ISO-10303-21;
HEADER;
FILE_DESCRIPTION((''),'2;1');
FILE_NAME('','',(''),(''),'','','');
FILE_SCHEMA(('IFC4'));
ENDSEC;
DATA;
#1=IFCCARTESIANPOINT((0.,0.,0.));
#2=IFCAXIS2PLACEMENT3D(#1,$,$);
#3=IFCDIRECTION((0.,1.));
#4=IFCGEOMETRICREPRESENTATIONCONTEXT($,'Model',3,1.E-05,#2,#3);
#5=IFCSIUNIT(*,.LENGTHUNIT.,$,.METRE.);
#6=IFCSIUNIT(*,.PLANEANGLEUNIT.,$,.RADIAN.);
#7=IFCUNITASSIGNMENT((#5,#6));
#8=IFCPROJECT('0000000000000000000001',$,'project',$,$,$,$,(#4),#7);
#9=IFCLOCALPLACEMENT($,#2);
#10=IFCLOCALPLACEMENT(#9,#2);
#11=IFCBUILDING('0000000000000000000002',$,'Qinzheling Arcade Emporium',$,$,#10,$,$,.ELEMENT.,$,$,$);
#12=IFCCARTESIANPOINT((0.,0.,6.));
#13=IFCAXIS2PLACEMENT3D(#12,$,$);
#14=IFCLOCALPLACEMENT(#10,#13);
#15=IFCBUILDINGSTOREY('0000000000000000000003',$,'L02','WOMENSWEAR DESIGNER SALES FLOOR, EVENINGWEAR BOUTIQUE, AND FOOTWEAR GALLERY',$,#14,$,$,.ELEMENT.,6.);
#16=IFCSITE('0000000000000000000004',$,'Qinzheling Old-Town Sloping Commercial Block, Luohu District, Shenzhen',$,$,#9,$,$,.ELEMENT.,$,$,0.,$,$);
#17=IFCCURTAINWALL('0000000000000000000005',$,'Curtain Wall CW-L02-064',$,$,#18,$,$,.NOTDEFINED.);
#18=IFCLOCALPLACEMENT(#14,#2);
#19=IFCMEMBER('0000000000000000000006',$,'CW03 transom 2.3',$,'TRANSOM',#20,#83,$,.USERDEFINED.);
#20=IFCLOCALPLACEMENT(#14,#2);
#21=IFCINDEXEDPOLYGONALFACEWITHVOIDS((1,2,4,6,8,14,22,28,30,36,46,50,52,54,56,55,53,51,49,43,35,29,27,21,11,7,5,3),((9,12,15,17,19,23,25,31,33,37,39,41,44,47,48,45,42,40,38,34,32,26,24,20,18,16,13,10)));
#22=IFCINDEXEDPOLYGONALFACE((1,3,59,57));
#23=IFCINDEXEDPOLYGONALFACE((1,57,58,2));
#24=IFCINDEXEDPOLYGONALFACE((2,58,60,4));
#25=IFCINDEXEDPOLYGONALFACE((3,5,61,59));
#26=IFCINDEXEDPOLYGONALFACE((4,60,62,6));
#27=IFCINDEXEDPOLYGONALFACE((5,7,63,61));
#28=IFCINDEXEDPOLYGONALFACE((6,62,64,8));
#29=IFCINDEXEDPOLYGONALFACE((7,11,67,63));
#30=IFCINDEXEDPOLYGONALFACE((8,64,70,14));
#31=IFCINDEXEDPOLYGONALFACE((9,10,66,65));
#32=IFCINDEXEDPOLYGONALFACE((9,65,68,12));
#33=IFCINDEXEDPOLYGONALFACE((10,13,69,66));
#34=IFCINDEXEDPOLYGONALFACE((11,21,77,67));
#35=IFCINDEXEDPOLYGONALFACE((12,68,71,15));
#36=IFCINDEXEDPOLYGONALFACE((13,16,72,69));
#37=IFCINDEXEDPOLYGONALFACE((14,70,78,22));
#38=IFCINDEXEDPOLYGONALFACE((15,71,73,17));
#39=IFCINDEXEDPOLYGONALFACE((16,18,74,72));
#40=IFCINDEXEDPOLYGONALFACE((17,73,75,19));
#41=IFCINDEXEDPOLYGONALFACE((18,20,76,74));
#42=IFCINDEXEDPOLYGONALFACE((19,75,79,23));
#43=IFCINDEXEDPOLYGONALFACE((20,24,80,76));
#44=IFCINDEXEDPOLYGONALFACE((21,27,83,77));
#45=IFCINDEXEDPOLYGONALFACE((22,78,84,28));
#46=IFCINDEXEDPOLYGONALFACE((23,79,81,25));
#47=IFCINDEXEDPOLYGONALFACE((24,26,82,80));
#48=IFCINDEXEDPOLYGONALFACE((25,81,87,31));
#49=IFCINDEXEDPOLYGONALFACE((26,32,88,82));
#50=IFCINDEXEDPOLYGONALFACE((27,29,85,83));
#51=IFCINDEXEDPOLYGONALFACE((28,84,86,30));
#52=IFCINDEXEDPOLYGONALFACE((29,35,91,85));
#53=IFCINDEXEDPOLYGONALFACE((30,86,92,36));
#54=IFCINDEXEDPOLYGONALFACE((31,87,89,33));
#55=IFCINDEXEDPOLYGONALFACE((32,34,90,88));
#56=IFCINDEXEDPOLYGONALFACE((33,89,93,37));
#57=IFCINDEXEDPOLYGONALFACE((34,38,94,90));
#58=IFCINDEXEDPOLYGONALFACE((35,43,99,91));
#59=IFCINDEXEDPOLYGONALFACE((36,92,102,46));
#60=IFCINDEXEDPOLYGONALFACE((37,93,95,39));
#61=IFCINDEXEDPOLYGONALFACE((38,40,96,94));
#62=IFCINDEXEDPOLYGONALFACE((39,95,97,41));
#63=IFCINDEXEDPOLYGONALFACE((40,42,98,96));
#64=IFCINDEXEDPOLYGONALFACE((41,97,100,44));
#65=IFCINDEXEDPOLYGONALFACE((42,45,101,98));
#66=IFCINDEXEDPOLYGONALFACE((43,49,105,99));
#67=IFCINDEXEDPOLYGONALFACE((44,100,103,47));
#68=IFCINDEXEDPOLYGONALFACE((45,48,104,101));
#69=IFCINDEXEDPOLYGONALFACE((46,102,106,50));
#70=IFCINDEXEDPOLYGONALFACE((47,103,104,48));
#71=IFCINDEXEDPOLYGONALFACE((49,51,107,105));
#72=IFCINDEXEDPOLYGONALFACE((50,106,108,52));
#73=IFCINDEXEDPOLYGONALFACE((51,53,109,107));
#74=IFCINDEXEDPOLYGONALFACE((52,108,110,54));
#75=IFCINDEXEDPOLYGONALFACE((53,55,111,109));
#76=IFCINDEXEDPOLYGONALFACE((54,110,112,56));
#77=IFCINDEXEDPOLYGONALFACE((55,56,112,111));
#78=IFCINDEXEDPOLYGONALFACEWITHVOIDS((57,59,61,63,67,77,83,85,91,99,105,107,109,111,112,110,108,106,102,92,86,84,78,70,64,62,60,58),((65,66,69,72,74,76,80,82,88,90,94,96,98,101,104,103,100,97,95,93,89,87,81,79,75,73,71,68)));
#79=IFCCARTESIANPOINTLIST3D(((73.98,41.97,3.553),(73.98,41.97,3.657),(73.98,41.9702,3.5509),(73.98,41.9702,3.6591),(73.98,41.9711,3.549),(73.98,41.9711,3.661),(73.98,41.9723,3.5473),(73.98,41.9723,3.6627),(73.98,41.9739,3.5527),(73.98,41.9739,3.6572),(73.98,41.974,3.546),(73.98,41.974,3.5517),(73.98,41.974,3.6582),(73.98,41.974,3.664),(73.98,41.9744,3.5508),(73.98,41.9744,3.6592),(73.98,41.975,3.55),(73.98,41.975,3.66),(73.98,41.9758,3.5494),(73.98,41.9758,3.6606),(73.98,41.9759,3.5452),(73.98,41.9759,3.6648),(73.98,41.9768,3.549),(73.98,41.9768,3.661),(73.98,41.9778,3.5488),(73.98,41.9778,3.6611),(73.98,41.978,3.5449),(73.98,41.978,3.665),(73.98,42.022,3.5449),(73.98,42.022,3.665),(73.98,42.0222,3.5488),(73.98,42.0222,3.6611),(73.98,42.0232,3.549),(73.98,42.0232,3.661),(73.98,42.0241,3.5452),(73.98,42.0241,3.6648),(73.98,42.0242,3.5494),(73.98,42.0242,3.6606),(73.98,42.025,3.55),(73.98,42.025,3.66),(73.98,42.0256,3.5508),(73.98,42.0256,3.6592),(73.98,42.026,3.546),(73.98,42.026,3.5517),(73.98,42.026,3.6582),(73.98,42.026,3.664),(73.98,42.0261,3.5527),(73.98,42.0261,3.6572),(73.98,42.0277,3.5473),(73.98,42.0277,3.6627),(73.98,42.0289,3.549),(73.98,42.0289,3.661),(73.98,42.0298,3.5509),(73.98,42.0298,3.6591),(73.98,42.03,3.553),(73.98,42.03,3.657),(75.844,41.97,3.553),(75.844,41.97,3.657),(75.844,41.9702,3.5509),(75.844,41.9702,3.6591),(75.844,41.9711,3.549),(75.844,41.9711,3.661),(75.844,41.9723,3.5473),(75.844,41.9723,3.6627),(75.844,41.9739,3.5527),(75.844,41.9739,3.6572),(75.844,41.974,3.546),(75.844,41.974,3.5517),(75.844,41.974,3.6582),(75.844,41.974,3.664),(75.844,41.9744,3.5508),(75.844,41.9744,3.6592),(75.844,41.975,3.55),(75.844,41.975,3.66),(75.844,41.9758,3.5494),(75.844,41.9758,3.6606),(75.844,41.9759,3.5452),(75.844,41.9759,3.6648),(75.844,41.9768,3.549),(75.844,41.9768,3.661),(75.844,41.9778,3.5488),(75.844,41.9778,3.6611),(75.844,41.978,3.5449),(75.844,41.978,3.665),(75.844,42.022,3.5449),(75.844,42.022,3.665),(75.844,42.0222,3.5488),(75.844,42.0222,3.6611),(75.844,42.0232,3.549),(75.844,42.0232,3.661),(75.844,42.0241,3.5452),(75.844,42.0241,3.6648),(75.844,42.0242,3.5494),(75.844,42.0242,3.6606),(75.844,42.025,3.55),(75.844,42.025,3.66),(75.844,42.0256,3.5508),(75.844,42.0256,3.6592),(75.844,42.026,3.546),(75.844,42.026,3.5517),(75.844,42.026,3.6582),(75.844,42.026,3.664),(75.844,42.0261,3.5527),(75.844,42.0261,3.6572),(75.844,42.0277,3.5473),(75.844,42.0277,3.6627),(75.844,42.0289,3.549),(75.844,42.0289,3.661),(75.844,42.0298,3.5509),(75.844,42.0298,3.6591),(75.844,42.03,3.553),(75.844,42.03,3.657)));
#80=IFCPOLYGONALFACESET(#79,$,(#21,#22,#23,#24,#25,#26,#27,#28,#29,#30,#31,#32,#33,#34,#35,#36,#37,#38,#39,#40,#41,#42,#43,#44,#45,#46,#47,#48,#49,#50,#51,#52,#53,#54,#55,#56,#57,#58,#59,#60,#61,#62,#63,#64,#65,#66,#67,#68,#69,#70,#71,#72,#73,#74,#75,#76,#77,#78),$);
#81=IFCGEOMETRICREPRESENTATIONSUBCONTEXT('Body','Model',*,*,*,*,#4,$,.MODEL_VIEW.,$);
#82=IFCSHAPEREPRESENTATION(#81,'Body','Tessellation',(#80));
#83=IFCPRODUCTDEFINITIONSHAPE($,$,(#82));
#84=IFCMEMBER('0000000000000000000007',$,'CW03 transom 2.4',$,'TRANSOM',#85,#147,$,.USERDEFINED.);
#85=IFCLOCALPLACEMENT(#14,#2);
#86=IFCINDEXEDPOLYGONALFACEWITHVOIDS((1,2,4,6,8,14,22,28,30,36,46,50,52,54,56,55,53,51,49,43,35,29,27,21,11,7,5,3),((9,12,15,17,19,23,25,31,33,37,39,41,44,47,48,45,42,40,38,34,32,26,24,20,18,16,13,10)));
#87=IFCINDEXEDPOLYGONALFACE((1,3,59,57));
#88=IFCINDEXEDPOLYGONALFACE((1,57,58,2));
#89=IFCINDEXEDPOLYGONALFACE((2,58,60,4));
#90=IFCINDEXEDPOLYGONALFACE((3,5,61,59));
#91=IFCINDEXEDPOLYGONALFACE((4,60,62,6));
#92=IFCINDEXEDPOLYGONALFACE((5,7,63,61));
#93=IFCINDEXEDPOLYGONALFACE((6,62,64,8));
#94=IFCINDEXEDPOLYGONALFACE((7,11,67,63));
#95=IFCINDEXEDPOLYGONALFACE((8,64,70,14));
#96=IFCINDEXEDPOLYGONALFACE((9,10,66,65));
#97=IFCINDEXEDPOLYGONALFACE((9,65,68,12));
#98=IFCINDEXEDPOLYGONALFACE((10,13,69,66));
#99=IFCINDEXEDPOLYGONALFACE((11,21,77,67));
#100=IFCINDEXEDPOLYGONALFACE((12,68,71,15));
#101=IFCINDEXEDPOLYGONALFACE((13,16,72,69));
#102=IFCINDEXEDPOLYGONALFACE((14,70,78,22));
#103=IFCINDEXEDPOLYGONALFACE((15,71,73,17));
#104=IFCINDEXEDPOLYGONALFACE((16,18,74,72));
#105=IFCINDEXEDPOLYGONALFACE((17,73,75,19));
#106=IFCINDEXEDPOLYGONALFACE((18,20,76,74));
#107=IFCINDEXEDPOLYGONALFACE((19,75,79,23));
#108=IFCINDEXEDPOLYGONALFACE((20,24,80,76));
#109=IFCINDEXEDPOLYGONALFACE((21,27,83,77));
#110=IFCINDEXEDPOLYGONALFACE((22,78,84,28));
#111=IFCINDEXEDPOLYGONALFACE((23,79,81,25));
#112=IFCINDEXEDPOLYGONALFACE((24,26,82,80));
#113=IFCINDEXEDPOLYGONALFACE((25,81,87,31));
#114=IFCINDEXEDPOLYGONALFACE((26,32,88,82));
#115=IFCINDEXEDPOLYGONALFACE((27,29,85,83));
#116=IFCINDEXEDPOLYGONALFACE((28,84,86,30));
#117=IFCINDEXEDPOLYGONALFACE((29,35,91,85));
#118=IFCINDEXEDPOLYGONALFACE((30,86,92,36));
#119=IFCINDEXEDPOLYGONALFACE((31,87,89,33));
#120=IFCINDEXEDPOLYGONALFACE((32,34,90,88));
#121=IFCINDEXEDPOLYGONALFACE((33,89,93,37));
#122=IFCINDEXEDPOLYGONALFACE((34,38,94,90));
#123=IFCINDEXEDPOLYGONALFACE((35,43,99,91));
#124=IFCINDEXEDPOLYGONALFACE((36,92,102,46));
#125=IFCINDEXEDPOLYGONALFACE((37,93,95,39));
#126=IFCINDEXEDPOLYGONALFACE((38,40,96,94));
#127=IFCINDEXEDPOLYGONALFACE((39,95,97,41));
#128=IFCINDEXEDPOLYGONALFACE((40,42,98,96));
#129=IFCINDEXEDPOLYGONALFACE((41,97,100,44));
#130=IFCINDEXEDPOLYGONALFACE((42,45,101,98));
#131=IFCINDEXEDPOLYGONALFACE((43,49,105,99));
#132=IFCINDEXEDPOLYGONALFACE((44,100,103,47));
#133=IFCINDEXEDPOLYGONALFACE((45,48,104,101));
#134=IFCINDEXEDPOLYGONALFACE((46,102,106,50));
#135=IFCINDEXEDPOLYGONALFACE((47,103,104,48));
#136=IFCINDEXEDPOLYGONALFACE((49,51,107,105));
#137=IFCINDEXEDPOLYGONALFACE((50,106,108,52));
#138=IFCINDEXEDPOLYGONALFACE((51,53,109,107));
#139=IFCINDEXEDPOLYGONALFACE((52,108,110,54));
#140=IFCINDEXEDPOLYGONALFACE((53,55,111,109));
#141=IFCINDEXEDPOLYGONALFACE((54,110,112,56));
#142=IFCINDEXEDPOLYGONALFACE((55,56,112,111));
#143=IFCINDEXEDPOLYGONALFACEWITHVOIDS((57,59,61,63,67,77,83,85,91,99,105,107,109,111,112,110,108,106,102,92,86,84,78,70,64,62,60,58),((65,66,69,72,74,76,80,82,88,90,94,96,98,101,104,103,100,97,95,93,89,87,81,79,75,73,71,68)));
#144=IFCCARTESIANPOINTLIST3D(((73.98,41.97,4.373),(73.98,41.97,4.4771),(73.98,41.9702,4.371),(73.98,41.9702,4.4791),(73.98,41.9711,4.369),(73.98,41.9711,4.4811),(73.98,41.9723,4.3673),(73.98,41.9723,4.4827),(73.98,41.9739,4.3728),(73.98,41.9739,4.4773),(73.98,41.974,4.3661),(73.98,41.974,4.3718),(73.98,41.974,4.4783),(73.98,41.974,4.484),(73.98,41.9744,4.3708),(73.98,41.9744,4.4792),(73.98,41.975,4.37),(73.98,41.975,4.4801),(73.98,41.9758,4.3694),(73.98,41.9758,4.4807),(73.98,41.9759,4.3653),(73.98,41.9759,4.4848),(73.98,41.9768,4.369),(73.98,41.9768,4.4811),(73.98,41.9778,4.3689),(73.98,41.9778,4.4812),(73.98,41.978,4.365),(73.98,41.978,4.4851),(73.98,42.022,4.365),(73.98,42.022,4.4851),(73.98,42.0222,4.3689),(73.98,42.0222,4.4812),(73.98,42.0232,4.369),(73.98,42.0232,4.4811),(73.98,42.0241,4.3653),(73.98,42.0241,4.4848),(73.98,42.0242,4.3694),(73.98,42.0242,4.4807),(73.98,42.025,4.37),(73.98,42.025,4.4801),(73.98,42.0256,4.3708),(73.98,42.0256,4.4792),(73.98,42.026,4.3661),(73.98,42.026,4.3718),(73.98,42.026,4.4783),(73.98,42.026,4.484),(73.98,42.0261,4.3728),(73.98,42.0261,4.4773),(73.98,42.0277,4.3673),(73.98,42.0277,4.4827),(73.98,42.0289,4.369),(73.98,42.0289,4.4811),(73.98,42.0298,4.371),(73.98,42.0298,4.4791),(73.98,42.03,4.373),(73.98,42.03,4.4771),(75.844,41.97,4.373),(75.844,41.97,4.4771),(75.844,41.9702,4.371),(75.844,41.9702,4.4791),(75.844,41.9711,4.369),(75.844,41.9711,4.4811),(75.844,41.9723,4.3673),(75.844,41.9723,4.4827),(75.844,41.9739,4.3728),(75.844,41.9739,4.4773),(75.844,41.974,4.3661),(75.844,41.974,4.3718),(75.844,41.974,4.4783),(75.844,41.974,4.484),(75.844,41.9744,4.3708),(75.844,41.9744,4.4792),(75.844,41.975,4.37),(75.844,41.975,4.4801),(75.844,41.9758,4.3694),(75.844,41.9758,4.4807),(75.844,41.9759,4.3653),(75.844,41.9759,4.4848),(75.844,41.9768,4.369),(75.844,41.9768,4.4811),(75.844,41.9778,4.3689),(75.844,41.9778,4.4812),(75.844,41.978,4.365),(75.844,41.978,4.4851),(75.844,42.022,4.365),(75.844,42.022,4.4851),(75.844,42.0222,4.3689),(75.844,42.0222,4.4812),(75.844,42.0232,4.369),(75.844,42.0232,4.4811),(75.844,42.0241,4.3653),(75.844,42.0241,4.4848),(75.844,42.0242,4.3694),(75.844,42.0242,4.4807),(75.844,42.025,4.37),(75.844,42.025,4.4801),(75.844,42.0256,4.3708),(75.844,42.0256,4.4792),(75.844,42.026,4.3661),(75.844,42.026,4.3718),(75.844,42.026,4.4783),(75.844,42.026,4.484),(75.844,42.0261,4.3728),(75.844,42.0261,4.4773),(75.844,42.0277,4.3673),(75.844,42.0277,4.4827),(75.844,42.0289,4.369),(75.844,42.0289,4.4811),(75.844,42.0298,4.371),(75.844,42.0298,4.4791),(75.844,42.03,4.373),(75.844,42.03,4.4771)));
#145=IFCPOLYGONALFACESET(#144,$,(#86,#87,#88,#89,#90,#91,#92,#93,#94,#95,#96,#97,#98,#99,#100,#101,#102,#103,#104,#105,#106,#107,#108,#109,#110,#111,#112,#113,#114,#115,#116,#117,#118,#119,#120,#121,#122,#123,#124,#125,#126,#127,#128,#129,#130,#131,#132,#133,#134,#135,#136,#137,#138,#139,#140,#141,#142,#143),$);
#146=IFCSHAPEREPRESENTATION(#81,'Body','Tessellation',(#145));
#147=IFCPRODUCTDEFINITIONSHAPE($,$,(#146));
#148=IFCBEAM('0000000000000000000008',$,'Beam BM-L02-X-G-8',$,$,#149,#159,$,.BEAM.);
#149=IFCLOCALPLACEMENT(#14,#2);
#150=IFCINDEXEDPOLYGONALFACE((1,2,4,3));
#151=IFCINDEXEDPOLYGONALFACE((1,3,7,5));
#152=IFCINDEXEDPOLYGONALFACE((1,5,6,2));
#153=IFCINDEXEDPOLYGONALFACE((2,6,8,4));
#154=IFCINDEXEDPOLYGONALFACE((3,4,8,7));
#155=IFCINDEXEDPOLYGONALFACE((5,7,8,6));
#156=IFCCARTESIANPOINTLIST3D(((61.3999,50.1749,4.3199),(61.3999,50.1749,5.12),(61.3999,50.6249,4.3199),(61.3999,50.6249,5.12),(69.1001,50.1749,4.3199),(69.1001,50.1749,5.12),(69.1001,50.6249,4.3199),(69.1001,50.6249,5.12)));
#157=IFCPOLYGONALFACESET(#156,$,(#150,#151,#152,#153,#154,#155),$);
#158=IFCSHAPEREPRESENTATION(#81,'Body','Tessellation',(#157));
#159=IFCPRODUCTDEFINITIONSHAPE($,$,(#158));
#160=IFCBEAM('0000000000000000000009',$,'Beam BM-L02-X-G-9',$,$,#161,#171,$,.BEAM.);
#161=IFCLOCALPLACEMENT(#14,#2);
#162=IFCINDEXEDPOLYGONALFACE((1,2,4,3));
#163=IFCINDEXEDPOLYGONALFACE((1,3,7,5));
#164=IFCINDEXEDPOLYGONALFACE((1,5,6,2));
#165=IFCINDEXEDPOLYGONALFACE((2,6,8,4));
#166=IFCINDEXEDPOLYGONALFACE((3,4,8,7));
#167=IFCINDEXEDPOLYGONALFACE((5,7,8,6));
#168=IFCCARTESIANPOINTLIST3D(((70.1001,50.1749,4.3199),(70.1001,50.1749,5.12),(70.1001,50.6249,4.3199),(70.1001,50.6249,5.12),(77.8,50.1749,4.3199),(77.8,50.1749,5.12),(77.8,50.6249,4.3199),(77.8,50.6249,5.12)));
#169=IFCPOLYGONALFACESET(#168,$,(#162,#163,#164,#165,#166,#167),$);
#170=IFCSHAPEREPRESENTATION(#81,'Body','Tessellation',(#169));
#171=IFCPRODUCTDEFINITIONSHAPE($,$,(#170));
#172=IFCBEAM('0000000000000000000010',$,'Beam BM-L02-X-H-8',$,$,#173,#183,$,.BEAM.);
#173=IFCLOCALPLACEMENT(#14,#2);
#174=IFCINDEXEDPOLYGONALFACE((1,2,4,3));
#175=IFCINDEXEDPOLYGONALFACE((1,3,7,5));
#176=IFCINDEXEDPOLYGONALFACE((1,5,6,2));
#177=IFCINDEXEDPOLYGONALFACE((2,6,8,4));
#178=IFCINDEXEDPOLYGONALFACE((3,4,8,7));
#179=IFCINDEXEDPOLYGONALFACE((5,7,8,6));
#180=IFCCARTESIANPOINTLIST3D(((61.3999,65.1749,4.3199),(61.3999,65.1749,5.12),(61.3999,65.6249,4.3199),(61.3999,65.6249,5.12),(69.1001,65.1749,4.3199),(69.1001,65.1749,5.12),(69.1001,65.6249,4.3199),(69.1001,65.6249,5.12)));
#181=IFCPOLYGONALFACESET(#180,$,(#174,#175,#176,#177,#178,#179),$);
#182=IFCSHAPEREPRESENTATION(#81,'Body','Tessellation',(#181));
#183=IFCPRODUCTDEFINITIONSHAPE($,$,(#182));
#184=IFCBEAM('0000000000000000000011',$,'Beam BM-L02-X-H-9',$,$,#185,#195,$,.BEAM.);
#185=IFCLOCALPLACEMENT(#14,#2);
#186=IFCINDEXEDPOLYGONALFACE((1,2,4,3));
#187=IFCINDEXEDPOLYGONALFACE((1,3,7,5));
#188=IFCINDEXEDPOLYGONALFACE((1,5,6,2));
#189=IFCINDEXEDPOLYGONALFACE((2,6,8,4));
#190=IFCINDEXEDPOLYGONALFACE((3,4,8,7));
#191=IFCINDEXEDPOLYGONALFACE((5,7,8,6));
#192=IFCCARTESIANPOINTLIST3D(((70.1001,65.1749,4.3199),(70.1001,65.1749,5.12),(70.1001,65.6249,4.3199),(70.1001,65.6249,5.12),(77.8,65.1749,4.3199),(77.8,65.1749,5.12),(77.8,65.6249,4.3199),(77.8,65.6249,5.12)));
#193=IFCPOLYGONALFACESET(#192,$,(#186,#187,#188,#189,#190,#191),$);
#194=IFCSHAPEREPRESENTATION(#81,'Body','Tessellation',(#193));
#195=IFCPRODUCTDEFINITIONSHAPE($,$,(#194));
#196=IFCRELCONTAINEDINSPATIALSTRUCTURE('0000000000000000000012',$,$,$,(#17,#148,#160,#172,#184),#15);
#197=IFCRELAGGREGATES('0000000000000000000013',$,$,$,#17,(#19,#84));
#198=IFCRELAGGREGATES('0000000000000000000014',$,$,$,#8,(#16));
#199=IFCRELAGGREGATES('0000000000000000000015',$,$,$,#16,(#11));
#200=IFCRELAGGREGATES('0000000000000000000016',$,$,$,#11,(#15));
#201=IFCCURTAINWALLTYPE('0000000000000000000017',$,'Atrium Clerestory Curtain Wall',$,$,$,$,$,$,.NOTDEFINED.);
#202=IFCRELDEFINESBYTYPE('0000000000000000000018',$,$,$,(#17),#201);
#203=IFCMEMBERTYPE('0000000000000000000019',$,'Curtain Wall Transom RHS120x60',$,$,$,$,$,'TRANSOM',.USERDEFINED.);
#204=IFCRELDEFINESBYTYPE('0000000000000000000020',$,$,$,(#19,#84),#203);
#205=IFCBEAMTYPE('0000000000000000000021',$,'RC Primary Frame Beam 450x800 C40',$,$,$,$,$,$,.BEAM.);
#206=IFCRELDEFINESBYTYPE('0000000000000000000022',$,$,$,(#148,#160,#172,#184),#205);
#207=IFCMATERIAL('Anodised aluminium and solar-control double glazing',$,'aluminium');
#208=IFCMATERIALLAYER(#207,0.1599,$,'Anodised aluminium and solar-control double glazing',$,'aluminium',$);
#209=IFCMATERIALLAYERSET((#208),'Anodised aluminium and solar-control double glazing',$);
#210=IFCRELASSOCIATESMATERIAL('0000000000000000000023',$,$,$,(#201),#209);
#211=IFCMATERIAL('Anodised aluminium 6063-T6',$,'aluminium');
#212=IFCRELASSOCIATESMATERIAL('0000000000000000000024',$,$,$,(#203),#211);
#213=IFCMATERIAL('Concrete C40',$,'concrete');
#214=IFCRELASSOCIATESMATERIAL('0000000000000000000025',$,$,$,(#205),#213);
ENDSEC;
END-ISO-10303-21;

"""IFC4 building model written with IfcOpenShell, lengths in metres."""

from ifc_helpers import new_model, si_unit, direction, frame, origin, origin_2d, place, context, subcontext, project, spatial, rectangle, hollow_rectangle, extrude, material, layer, layer_set, material_profile, profile_set, type_object, element, aggregate, save


model = new_model("IFC4")

# Units and contexts
model_context = context("Model", 3, precision=1e-05, world=origin(), true_north=direction((0.0, 1.0)))
body_context = subcontext(model_context, "Body", "Model", "MODEL_VIEW")
ifc_project = project(units=[si_unit("LENGTHUNIT", "METRE"), si_unit("PLANEANGLEUNIT", "RADIAN")], contexts=[model_context])

# Site, building, storey
site_placement = place(None, origin())
site = spatial("IfcSite", under=ifc_project, at=site_placement, Name="Qinzheling Old-Town Sloping Commercial Block, Luohu District, Shenzhen", CompositionType="ELEMENT", RefElevation=0.0)
building_placement = place(site_placement, origin())
building = spatial("IfcBuilding", under=site, at=building_placement, Name="Qinzheling Arcade Emporium", CompositionType="ELEMENT")
storey_placement = place(building_placement, frame((0.0, 0.0, 6.0)))
storey = spatial("IfcBuildingStorey", under=building, at=storey_placement, Name="L02", Description="WOMENSWEAR DESIGNER SALES FLOOR, EVENINGWEAR BOUTIQUE, AND FOOTWEAR GALLERY", CompositionType="ELEMENT", Elevation=6.0)

# Curtain wall, members
ifc_material_1 = material(Name="Anodised aluminium and solar-control double glazing", Category="aluminium")
ifc_layer_1 = layer(ifc_material_1, 0.1599, Name="Anodised aluminium and solar-control double glazing", Category="aluminium")
ifc_layer_set_1 = layer_set([ifc_layer_1], Name="Anodised aluminium and solar-control double glazing")
curtain_wall_type = type_object("IfcCurtainWallType", Name="Atrium Clerestory Curtain Wall", PredefinedType="NOTDEFINED", material=ifc_layer_set_1)
curtain_wall_placement = place(storey_placement, origin())
curtain_wall = element("IfcCurtainWall", 1, at=curtain_wall_placement, inside=storey, type_object=curtain_wall_type, Name="Curtain Wall CW-L02-064", PredefinedType="NOTDEFINED")
ifc_material_2 = material(Name="Anodised aluminium 6063-T6", Category="aluminium")
ifc_material_profile_1 = material_profile(ifc_material_2, hollow_rectangle(XDim=0.0601, YDim=0.1201, WallThickness=0.0039, InnerFilletRadius=0.0039, OuterFilletRadius=0.0081, at=origin_2d()), Name="RHS 120x60x4", Category="aluminium")
ifc_profile_set_1 = profile_set([ifc_material_profile_1], Name="Anodised aluminium 6063-T6")
member_type_1 = type_object("IfcMemberType", Name="Curtain Wall Transom RHS120x60", ElementType="TRANSOM", PredefinedType="USERDEFINED", material=ifc_profile_set_1)
member_1_placement = place(storey_placement, frame((75.844, 42.0, 3.605), z_axis=(-1.0, 0.0, 0.0), x_axis=(0.0, -1.0, 0.0)))
member_1 = element("IfcMember", 2, at=member_1_placement, type_object=member_type_1, Name="CW03 transom 2.3", ObjectType="TRANSOM", PredefinedType="USERDEFINED", context=body_context, shape_type="SweptSolid", body=[
    extrude(hollow_rectangle(XDim=0.0601, YDim=0.1201, WallThickness=0.0039, InnerFilletRadius=0.0039, OuterFilletRadius=0.0081, at=origin_2d()), origin(), (0.0, 0.0, 1.0), 1.864),
])
member_2_placement = place(storey_placement, frame((75.844, 42.0, 4.425), z_axis=(-1.0, 0.0, 0.0), x_axis=(0.0, -1.0, 0.0)))
member_2 = element("IfcMember", 3, at=member_2_placement, type_object=member_type_1, Name="CW03 transom 2.4", ObjectType="TRANSOM", PredefinedType="USERDEFINED", context=body_context, shape_type="SweptSolid", body=[
    extrude(hollow_rectangle(XDim=0.0601, YDim=0.1201, WallThickness=0.0039, InnerFilletRadius=0.0039, OuterFilletRadius=0.0081, at=origin_2d()), origin(), (0.0, 0.0, 1.0), 1.864),
])

# Beams
ifc_material_3 = material(Name="Concrete C40", Category="concrete")
ifc_material_profile_2 = material_profile(ifc_material_3, rectangle(XDim=0.45, YDim=0.8, at=origin_2d()), Name="RC 450x800", Category="concrete")
ifc_profile_set_2 = profile_set([ifc_material_profile_2], Name="Concrete C40")
beam_type = type_object("IfcBeamType", Name="RC Primary Frame Beam 450x800 C40", PredefinedType="BEAM", material=ifc_profile_set_2)
beam_1_placement = place(storey_placement, frame((61.3999, 50.3999, 4.72), z_axis=(1.0, 0.0, 0.0), x_axis=(0.0, 1.0, 0.0)))
element("IfcBeam", 4, at=beam_1_placement, inside=storey, type_object=beam_type, Name="Beam BM-L02-X-G-8", PredefinedType="BEAM", context=body_context, shape_type="SweptSolid", body=[
    extrude(rectangle(XDim=0.45, YDim=0.8, at=origin_2d()), origin(), (0.0, 0.0, 1.0), 7.7002),
])
beam_2_placement = place(storey_placement, frame((70.1001, 50.3999, 4.72), z_axis=(1.0, 0.0, 0.0), x_axis=(0.0, 1.0, 0.0)))
element("IfcBeam", 5, at=beam_2_placement, inside=storey, type_object=beam_type, Name="Beam BM-L02-X-G-9", PredefinedType="BEAM", context=body_context, shape_type="SweptSolid", body=[
    extrude(rectangle(XDim=0.45, YDim=0.8, at=origin_2d()), origin(), (0.0, 0.0, 1.0), 7.7),
])
beam_3_placement = place(storey_placement, frame((61.3999, 65.3999, 4.72), z_axis=(1.0, 0.0, 0.0), x_axis=(0.0, 1.0, 0.0)))
element("IfcBeam", 6, at=beam_3_placement, inside=storey, type_object=beam_type, Name="Beam BM-L02-X-H-8", PredefinedType="BEAM", context=body_context, shape_type="SweptSolid", body=[
    extrude(rectangle(XDim=0.45, YDim=0.8, at=origin_2d()), origin(), (0.0, 0.0, 1.0), 7.7002),
])
beam_4_placement = place(storey_placement, frame((70.1001, 65.3999, 4.72), z_axis=(1.0, 0.0, 0.0), x_axis=(0.0, 1.0, 0.0)))
element("IfcBeam", 7, at=beam_4_placement, inside=storey, type_object=beam_type, Name="Beam BM-L02-X-H-9", PredefinedType="BEAM", context=body_context, shape_type="SweptSolid", body=[
    extrude(rectangle(XDim=0.45, YDim=0.8, at=origin_2d()), origin(), (0.0, 0.0, 1.0), 7.7),
])

aggregate(curtain_wall, [member_1, member_2])

save(model, "model.ifc")
